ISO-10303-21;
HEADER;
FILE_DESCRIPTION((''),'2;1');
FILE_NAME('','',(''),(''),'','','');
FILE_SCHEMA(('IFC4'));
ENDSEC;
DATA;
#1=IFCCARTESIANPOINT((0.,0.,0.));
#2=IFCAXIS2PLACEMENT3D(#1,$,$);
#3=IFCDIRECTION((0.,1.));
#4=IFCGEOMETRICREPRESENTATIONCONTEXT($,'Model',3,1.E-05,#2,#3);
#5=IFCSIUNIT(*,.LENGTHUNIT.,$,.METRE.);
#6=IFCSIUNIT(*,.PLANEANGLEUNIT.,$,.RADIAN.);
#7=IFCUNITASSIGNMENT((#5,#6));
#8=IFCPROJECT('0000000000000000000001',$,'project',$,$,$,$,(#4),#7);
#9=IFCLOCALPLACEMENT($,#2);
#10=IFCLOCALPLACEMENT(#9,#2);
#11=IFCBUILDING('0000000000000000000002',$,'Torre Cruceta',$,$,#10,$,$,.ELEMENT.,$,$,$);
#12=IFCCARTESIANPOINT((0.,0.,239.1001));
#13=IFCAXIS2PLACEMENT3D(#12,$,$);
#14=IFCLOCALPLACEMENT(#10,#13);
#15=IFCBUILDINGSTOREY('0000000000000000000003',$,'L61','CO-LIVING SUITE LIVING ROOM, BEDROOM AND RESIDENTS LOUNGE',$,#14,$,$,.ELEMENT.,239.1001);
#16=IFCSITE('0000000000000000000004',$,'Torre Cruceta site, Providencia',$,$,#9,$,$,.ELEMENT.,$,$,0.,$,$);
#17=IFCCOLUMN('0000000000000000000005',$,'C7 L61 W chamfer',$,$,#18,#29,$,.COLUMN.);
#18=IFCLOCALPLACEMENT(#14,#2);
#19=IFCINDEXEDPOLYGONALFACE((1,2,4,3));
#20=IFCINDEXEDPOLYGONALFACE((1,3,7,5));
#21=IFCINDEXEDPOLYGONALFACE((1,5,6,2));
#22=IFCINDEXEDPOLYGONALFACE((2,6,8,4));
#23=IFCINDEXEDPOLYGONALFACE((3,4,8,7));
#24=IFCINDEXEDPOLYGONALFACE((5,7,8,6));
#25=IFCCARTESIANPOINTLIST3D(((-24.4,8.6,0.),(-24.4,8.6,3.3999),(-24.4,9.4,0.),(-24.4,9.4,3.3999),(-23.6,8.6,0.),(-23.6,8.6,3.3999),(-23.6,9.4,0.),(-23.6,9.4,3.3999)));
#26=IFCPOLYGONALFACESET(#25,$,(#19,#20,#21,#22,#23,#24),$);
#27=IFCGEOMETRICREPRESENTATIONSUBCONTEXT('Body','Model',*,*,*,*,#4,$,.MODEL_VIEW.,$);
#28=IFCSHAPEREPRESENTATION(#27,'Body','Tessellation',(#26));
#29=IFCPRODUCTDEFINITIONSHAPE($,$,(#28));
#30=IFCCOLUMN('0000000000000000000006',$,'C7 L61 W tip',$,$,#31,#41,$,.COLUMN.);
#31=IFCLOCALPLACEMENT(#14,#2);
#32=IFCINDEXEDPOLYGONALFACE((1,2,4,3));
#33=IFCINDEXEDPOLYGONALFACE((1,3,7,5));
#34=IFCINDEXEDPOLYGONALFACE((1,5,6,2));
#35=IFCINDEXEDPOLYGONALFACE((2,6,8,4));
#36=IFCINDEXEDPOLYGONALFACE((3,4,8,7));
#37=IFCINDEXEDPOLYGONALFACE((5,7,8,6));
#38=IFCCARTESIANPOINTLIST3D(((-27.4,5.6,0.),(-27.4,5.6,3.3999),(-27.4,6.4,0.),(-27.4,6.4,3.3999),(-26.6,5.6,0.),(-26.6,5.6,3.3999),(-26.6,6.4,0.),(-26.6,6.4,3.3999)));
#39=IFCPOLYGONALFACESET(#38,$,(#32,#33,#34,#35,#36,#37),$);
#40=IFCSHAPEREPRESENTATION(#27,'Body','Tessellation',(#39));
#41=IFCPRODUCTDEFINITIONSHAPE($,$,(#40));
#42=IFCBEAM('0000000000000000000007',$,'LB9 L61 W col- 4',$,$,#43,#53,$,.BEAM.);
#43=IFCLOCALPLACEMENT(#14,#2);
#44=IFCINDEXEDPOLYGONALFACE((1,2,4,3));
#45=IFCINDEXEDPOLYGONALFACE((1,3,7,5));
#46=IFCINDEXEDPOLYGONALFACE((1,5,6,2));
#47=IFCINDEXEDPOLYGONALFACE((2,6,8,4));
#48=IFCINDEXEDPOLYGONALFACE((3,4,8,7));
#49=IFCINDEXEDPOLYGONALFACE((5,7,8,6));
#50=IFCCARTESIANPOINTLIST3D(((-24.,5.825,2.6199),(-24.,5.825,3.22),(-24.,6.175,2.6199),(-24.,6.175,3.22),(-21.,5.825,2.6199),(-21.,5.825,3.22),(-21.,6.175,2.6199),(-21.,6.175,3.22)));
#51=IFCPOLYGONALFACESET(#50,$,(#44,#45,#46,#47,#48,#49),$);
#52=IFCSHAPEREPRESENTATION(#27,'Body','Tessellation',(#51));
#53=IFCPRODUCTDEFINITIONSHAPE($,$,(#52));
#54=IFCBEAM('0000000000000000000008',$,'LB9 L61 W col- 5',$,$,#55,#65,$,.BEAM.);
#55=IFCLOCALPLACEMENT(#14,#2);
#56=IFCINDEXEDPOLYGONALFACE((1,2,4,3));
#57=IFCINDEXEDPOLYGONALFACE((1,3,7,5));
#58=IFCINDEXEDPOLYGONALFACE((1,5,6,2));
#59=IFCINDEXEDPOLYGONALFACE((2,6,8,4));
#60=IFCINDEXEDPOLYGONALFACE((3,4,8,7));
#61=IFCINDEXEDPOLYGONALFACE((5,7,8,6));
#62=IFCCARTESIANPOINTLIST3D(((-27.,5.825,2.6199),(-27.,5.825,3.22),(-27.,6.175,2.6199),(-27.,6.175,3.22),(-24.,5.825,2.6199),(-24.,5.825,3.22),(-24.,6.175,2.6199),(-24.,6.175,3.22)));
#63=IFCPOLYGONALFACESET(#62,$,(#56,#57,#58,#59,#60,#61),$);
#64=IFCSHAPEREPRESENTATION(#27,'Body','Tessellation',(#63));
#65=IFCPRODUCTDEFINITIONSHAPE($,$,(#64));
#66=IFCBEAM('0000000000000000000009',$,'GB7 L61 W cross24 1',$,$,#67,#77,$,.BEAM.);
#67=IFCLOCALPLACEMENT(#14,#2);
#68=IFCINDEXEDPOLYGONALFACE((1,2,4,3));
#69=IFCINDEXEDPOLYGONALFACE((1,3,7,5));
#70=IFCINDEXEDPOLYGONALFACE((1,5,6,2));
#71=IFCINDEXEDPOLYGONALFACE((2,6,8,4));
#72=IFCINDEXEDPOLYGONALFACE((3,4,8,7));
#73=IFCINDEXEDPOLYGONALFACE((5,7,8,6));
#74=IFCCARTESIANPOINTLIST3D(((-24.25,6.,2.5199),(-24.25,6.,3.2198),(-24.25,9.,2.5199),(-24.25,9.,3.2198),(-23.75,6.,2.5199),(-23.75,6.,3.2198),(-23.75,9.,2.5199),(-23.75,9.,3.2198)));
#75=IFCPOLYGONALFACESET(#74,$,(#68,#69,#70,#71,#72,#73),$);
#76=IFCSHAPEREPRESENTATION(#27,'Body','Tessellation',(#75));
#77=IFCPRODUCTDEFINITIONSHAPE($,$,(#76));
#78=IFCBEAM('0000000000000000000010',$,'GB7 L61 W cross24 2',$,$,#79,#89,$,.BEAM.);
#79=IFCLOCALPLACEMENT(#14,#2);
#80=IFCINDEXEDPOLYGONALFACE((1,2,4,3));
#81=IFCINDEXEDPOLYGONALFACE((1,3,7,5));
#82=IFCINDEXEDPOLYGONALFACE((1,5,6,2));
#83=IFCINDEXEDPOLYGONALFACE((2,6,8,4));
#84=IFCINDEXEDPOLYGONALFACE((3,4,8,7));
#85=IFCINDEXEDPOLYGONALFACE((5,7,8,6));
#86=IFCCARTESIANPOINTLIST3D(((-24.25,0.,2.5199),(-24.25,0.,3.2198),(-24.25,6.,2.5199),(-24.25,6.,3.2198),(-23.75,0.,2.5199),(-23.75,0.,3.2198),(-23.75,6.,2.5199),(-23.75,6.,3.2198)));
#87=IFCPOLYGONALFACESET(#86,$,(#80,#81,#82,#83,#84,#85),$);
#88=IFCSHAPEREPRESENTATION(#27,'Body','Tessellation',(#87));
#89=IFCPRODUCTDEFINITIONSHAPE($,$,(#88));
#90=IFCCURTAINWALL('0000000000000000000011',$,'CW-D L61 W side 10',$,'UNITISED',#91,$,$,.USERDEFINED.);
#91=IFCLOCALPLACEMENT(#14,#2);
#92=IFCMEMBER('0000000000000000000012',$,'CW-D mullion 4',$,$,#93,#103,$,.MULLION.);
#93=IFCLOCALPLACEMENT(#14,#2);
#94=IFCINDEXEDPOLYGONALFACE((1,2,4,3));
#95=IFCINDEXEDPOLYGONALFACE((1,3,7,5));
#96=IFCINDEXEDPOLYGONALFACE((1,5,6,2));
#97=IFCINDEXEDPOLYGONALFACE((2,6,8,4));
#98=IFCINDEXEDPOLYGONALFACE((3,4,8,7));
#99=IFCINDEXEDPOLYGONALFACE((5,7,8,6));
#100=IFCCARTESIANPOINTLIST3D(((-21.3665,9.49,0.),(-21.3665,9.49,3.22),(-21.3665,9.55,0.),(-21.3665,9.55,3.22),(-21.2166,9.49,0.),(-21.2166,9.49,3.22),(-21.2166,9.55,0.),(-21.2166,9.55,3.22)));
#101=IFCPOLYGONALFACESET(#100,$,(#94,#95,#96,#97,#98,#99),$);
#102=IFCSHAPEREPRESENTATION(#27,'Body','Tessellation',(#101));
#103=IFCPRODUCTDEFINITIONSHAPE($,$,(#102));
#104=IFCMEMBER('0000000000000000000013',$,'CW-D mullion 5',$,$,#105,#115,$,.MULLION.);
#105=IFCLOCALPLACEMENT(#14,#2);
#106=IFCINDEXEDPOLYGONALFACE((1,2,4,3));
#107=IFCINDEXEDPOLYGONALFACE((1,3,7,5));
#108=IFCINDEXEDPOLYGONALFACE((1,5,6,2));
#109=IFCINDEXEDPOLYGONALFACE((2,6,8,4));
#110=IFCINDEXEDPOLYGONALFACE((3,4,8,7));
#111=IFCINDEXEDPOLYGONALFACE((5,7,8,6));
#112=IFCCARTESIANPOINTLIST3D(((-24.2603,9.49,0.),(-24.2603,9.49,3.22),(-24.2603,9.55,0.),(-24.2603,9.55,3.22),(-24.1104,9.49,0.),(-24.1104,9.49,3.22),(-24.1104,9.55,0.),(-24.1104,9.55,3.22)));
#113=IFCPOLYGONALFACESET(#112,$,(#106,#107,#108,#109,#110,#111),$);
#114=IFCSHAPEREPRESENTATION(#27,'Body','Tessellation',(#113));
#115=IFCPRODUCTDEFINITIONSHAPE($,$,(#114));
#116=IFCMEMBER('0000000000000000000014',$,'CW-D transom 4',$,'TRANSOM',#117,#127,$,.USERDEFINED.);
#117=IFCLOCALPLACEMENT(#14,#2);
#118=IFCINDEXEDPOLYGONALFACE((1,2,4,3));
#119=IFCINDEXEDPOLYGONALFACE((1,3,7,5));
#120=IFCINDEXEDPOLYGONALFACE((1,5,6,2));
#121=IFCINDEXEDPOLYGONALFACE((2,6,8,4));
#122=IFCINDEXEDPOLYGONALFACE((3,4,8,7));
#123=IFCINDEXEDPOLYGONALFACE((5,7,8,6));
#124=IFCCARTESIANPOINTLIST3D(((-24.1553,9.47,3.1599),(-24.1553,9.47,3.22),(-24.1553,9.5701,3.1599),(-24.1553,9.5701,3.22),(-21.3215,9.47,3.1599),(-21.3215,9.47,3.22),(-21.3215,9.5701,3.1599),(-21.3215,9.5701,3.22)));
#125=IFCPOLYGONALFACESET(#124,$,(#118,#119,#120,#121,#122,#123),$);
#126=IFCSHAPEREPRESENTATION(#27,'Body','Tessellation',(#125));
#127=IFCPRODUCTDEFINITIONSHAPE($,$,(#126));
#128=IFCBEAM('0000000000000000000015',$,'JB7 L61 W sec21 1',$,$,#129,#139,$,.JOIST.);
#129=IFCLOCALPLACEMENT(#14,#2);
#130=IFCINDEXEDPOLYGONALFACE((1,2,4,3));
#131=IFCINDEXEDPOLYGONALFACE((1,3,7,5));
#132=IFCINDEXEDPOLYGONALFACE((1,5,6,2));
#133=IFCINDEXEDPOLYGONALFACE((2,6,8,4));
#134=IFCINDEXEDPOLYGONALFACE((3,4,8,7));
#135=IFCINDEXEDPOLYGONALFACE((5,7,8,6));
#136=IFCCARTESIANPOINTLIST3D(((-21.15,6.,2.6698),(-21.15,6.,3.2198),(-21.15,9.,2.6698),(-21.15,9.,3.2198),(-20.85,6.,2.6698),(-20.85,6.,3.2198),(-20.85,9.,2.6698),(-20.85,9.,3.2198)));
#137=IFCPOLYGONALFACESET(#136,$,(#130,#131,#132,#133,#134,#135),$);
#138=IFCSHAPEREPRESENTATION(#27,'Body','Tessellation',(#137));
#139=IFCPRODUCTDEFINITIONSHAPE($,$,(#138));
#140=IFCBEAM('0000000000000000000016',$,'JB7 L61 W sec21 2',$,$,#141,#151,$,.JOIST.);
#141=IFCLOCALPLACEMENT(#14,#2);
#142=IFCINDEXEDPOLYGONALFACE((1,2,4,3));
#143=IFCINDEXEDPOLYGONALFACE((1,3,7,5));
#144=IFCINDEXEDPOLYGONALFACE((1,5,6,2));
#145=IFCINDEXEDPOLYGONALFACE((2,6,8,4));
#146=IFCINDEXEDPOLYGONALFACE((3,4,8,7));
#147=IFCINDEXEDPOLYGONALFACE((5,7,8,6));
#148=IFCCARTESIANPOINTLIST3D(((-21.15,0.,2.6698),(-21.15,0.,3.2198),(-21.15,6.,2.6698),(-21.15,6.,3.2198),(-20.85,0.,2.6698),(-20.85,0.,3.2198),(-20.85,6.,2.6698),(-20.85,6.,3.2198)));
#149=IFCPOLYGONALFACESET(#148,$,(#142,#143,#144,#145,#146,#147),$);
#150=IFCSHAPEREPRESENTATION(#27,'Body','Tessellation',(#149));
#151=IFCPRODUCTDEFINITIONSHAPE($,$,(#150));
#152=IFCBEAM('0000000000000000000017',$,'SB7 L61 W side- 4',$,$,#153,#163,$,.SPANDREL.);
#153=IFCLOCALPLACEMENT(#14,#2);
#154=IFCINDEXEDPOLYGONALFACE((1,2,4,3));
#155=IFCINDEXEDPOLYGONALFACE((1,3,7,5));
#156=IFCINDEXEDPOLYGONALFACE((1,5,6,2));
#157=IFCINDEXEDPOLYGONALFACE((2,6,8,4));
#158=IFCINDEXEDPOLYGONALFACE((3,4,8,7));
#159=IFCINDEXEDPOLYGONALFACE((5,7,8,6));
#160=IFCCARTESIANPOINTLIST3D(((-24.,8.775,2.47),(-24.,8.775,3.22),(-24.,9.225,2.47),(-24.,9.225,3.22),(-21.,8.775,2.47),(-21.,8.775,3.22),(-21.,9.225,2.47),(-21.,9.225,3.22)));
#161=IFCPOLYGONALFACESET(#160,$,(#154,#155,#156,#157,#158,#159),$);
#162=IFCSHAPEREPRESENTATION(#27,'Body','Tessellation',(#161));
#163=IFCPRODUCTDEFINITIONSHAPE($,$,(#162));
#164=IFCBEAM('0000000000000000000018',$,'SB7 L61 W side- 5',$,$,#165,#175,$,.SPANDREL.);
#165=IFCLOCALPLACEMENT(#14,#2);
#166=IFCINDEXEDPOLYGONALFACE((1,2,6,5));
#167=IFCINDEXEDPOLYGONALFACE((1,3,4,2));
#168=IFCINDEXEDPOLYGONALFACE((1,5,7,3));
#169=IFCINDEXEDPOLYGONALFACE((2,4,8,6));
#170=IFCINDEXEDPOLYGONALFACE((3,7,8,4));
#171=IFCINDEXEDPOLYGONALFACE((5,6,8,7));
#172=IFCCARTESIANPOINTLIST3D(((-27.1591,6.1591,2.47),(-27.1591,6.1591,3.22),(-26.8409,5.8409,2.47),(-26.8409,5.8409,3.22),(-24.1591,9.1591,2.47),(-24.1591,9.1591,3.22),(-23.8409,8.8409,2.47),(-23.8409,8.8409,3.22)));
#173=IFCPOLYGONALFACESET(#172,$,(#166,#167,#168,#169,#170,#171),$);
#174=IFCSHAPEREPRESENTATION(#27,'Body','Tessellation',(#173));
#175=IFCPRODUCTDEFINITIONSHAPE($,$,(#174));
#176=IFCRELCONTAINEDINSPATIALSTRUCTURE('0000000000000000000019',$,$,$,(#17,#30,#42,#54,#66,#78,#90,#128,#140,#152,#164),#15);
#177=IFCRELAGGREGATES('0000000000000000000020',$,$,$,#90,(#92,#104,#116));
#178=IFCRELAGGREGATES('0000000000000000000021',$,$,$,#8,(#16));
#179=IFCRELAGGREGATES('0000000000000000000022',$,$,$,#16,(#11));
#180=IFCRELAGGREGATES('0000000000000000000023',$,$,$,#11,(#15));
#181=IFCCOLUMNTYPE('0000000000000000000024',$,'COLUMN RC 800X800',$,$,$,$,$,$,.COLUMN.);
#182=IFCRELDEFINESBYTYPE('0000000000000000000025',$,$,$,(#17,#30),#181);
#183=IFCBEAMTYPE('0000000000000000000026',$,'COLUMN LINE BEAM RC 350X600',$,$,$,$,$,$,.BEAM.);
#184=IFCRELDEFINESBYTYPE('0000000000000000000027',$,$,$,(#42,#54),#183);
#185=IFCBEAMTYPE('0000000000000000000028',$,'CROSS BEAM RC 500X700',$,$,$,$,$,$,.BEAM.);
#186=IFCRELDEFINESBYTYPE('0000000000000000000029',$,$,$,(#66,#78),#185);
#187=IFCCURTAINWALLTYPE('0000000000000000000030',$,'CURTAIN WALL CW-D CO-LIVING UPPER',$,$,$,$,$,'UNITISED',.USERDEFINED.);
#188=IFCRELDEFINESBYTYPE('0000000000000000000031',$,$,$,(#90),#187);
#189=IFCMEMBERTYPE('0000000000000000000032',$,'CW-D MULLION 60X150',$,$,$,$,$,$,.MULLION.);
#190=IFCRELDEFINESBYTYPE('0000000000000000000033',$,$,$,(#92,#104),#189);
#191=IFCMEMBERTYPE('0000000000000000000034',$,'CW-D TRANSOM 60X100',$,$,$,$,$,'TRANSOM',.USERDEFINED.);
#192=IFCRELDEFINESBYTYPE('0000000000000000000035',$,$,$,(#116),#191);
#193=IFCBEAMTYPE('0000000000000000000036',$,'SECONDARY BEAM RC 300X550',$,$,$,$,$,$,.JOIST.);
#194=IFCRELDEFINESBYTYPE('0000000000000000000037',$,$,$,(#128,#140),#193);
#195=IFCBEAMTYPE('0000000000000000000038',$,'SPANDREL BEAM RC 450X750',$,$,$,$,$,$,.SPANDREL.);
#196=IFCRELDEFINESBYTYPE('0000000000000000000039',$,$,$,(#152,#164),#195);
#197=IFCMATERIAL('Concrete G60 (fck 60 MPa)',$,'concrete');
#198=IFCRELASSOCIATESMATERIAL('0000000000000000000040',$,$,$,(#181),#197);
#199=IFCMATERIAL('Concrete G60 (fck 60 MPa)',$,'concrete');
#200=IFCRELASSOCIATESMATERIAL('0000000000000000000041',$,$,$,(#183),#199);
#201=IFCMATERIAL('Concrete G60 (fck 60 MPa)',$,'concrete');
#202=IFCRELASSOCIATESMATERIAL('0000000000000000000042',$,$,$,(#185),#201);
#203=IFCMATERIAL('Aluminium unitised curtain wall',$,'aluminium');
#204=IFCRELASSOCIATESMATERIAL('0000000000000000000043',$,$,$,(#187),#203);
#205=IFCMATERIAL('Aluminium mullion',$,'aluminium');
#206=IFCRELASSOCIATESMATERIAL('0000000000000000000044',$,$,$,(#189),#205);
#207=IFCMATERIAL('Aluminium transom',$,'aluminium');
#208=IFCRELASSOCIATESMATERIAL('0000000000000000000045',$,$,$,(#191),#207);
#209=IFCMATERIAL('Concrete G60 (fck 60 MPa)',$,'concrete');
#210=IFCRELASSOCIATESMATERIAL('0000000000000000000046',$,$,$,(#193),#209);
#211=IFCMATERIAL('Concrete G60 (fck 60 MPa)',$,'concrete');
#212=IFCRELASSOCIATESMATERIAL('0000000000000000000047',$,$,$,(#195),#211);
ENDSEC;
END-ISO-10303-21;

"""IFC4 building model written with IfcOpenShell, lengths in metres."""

from ifc_helpers import new_model, si_unit, direction, frame, origin, origin_2d, place, context, subcontext, project, spatial, rectangle, extrude, material, material_profile, profile_set, type_object, element, aggregate, save


model = new_model("IFC4")

# Units and contexts
model_context = context("Model", 3, precision=1e-05, world=origin(), true_north=direction((0.0, 1.0)))
body_context = subcontext(model_context, "Body", "Model", "MODEL_VIEW")
ifc_project = project(units=[si_unit("LENGTHUNIT", "METRE"), si_unit("PLANEANGLEUNIT", "RADIAN")], contexts=[model_context])

# Site, building, storey
site_placement = place(None, origin())
site = spatial("IfcSite", under=ifc_project, at=site_placement, Name="Torre Cruceta site, Providencia", CompositionType="ELEMENT", RefElevation=0.0)
building_placement = place(site_placement, origin())
building = spatial("IfcBuilding", under=site, at=building_placement, Name="Torre Cruceta", CompositionType="ELEMENT")
storey_placement = place(building_placement, frame((0.0, 0.0, 239.1001)))
storey = spatial("IfcBuildingStorey", under=building, at=storey_placement, Name="L61", Description="CO-LIVING SUITE LIVING ROOM, BEDROOM AND RESIDENTS LOUNGE", CompositionType="ELEMENT", Elevation=239.1001)

# Columns
ifc_material_1 = material(Name="Concrete G60 (fck 60 MPa)", Category="concrete")
ifc_material_profile_1 = material_profile(ifc_material_1, rectangle(XDim=0.8, YDim=0.8, at=origin_2d()), Name="RC 800X800")
ifc_profile_set_1 = profile_set([ifc_material_profile_1], Name="Concrete G60 (fck 60 MPa)")
column_type = type_object("IfcColumnType", Name="COLUMN RC 800X800", PredefinedType="COLUMN", material=ifc_profile_set_1)
for number, where, z_axis, x_axis, name in (
    (1, (-24.0, 9.0, 0.0), (0.0, 0.0, 1.0), (1.0, 0.0, 0.0), "C7 L61 W chamfer"),
    (2, (-27.0, 6.0, 0.0), (0.0, 0.0, 1.0), (1.0, 0.0, 0.0), "C7 L61 W tip"),
):
    element("IfcColumn", number, at=place(storey_placement, frame(where, z_axis=z_axis, x_axis=x_axis)), inside=storey, type_object=column_type, Name=name, PredefinedType="COLUMN", context=body_context, shape_type="SweptSolid", body=[
        extrude(rectangle(XDim=0.8, YDim=0.8, at=origin_2d()), origin(), (0.0, 0.0, 1.0), 3.3999),
    ])

# Beams
ifc_material_2 = material(Name="Concrete G60 (fck 60 MPa)", Category="concrete")
ifc_material_profile_2 = material_profile(ifc_material_2, rectangle(XDim=0.3501, YDim=0.6001, at=origin_2d()), Name="RC 350X600")
ifc_profile_set_2 = profile_set([ifc_material_profile_2], Name="Concrete G60 (fck 60 MPa)")
beam_type_1 = type_object("IfcBeamType", Name="COLUMN LINE BEAM RC 350X600", PredefinedType="BEAM", material=ifc_profile_set_2)
for number, where, z_axis, x_axis, name in (
    (3, (-21.0, 6.0, 2.9199), (-1.0, 0.0, 0.0), (0.0, -1.0, 0.0), "LB9 L61 W col- 4"),
    (4, (-24.0, 6.0, 2.9199), (-1.0, 0.0, 0.0), (0.0, -1.0, 0.0), "LB9 L61 W col- 5"),
):
    element("IfcBeam", number, at=place(storey_placement, frame(where, z_axis=z_axis, x_axis=x_axis)), inside=storey, type_object=beam_type_1, Name=name, PredefinedType="BEAM", context=body_context, shape_type="SweptSolid", body=[
        extrude(rectangle(XDim=0.3501, YDim=0.6001, at=origin_2d()), origin(), (0.0, 0.0, 1.0), 3.0),
    ])
ifc_material_3 = material(Name="Concrete G60 (fck 60 MPa)", Category="concrete")
ifc_material_profile_3 = material_profile(ifc_material_3, rectangle(XDim=0.5, YDim=0.7, at=origin_2d()), Name="RC 500X700")
ifc_profile_set_3 = profile_set([ifc_material_profile_3], Name="Concrete G60 (fck 60 MPa)")
beam_type_2 = type_object("IfcBeamType", Name="CROSS BEAM RC 500X700", PredefinedType="BEAM", material=ifc_profile_set_3)
beam_1_placement = place(storey_placement, frame((-24.0, 9.0, 2.8699), z_axis=(0.0, -1.0, 0.0), x_axis=(1.0, 0.0, 0.0)))
element("IfcBeam", 5, at=beam_1_placement, inside=storey, type_object=beam_type_2, Name="GB7 L61 W cross24 1", PredefinedType="BEAM", context=body_context, shape_type="SweptSolid", body=[
    extrude(rectangle(XDim=0.5, YDim=0.7, at=origin_2d()), origin(), (0.0, 0.0, 1.0), 3.0),
])
beam_2_placement = place(storey_placement, frame((-24.0, 6.0, 2.8699), z_axis=(0.0, -1.0, 0.0), x_axis=(1.0, 0.0, 0.0)))
element("IfcBeam", 6, at=beam_2_placement, inside=storey, type_object=beam_type_2, Name="GB7 L61 W cross24 2", PredefinedType="BEAM", context=body_context, shape_type="SweptSolid", body=[
    extrude(rectangle(XDim=0.5, YDim=0.7, at=origin_2d()), origin(), (0.0, 0.0, 1.0), 6.0),
])

# Curtain wall, members
ifc_material_4 = material(Name="Aluminium unitised curtain wall", Category="aluminium")
curtain_wall_type = type_object("IfcCurtainWallType", Name="CURTAIN WALL CW-D CO-LIVING UPPER", ElementType="UNITISED", PredefinedType="USERDEFINED", material=ifc_material_4)
curtain_wall_placement = place(storey_placement, origin())
curtain_wall = element("IfcCurtainWall", 7, at=curtain_wall_placement, inside=storey, type_object=curtain_wall_type, Name="CW-D L61 W side 10", ObjectType="UNITISED", PredefinedType="USERDEFINED")
ifc_material_5 = material(Name="Aluminium mullion", Category="aluminium")
ifc_material_profile_4 = material_profile(ifc_material_5, rectangle(XDim=0.0601, YDim=0.1499, at=origin_2d()), Name="AL 60X150")
ifc_profile_set_4 = profile_set([ifc_material_profile_4], Name="Aluminium mullion")
member_type_1 = type_object("IfcMemberType", Name="CW-D MULLION 60X150", PredefinedType="MULLION", material=ifc_profile_set_4)
member_1_placement = place(storey_placement, frame((-21.2915, 9.52, 0.0), z_axis=(0.0, 0.0, 1.0), x_axis=(0.0, -1.0, 0.0)))
member_1 = element("IfcMember", 8, at=member_1_placement, type_object=member_type_1, Name="CW-D mullion 4", PredefinedType="MULLION", context=body_context, shape_type="SweptSolid", body=[
    extrude(rectangle(XDim=0.0601, YDim=0.1499, at=origin_2d()), origin(), (0.0, 0.0, 1.0), 3.22),
])
member_2_placement = place(storey_placement, frame((-24.1853, 9.52, 0.0), z_axis=(0.0, 0.0, 1.0), x_axis=(0.0, -1.0, 0.0)))
member_2 = element("IfcMember", 9, at=member_2_placement, type_object=member_type_1, Name="CW-D mullion 5", PredefinedType="MULLION", context=body_context, shape_type="SweptSolid", body=[
    extrude(rectangle(XDim=0.0601, YDim=0.1499, at=origin_2d()), origin(), (0.0, 0.0, 1.0), 3.22),
])
ifc_material_6 = material(Name="Aluminium transom", Category="aluminium")
ifc_material_profile_5 = material_profile(ifc_material_6, rectangle(XDim=0.1001, YDim=0.0601, at=origin_2d()), Name="AL 100X60")
ifc_profile_set_5 = profile_set([ifc_material_profile_5], Name="Aluminium transom")
member_type_2 = type_object("IfcMemberType", Name="CW-D TRANSOM 60X100", ElementType="TRANSOM", PredefinedType="USERDEFINED", material=ifc_profile_set_5)
member_3_placement = place(storey_placement, frame((-21.3215, 9.52, 3.1899), z_axis=(-1.0, 0.0, 0.0), x_axis=(0.0, -1.0, 0.0)))
member_3 = element("IfcMember", 10, at=member_3_placement, type_object=member_type_2, Name="CW-D transom 4", ObjectType="TRANSOM", PredefinedType="USERDEFINED", context=body_context, shape_type="SweptSolid", body=[
    extrude(rectangle(XDim=0.1001, YDim=0.0601, at=origin_2d()), origin(), (0.0, 0.0, 1.0), 2.8337),
])

# Beams
ifc_material_7 = material(Name="Concrete G60 (fck 60 MPa)", Category="concrete")
ifc_material_profile_6 = material_profile(ifc_material_7, rectangle(XDim=0.3, YDim=0.55, at=origin_2d()), Name="RC 300X550")
ifc_profile_set_6 = profile_set([ifc_material_profile_6], Name="Concrete G60 (fck 60 MPa)")
beam_type_3 = type_object("IfcBeamType", Name="SECONDARY BEAM RC 300X550", PredefinedType="JOIST", material=ifc_profile_set_6)
beam_3_placement = place(storey_placement, frame((-21.0, 9.0, 2.9448), z_axis=(0.0, -1.0, 0.0), x_axis=(1.0, 0.0, 0.0)))
element("IfcBeam", 11, at=beam_3_placement, inside=storey, type_object=beam_type_3, Name="JB7 L61 W sec21 1", PredefinedType="JOIST", context=body_context, shape_type="SweptSolid", body=[
    extrude(rectangle(XDim=0.3, YDim=0.55, at=origin_2d()), origin(), (0.0, 0.0, 1.0), 3.0),
])
beam_4_placement = place(storey_placement, frame((-21.0, 6.0, 2.9448), z_axis=(0.0, -1.0, 0.0), x_axis=(1.0, 0.0, 0.0)))
element("IfcBeam", 12, at=beam_4_placement, inside=storey, type_object=beam_type_3, Name="JB7 L61 W sec21 2", PredefinedType="JOIST", context=body_context, shape_type="SweptSolid", body=[
    extrude(rectangle(XDim=0.3, YDim=0.55, at=origin_2d()), origin(), (0.0, 0.0, 1.0), 6.0),
])
ifc_material_8 = material(Name="Concrete G60 (fck 60 MPa)", Category="concrete")
ifc_material_profile_7 = material_profile(ifc_material_8, rectangle(XDim=0.45, YDim=0.75, at=origin_2d()), Name="RC 450X750")
ifc_profile_set_7 = profile_set([ifc_material_profile_7], Name="Concrete G60 (fck 60 MPa)")
beam_type_4 = type_object("IfcBeamType", Name="SPANDREL BEAM RC 450X750", PredefinedType="SPANDREL", material=ifc_profile_set_7)
beam_5_placement = place(storey_placement, frame((-21.0, 9.0, 2.845), z_axis=(-1.0, 0.0, 0.0), x_axis=(0.0, -1.0, 0.0)))
element("IfcBeam", 13, at=beam_5_placement, inside=storey, type_object=beam_type_4, Name="SB7 L61 W side- 4", PredefinedType="SPANDREL", context=body_context, shape_type="SweptSolid", body=[
    extrude(rectangle(XDim=0.45, YDim=0.75, at=origin_2d()), origin(), (0.0, 0.0, 1.0), 3.0),
])
beam_6_placement = place(storey_placement, frame((-24.0, 9.0, 2.845), z_axis=(-0.707107, -0.707107, 0.0), x_axis=(0.707107, -0.707107, 0.0)))
element("IfcBeam", 14, at=beam_6_placement, inside=storey, type_object=beam_type_4, Name="SB7 L61 W side- 5", PredefinedType="SPANDREL", context=body_context, shape_type="SweptSolid", body=[
    extrude(rectangle(XDim=0.45, YDim=0.75, at=origin_2d()), origin(), (0.0, 0.0, 1.0), 4.2427),
])

aggregate(curtain_wall, [member_1, member_2, member_3])

save(model, "model.ifc")
